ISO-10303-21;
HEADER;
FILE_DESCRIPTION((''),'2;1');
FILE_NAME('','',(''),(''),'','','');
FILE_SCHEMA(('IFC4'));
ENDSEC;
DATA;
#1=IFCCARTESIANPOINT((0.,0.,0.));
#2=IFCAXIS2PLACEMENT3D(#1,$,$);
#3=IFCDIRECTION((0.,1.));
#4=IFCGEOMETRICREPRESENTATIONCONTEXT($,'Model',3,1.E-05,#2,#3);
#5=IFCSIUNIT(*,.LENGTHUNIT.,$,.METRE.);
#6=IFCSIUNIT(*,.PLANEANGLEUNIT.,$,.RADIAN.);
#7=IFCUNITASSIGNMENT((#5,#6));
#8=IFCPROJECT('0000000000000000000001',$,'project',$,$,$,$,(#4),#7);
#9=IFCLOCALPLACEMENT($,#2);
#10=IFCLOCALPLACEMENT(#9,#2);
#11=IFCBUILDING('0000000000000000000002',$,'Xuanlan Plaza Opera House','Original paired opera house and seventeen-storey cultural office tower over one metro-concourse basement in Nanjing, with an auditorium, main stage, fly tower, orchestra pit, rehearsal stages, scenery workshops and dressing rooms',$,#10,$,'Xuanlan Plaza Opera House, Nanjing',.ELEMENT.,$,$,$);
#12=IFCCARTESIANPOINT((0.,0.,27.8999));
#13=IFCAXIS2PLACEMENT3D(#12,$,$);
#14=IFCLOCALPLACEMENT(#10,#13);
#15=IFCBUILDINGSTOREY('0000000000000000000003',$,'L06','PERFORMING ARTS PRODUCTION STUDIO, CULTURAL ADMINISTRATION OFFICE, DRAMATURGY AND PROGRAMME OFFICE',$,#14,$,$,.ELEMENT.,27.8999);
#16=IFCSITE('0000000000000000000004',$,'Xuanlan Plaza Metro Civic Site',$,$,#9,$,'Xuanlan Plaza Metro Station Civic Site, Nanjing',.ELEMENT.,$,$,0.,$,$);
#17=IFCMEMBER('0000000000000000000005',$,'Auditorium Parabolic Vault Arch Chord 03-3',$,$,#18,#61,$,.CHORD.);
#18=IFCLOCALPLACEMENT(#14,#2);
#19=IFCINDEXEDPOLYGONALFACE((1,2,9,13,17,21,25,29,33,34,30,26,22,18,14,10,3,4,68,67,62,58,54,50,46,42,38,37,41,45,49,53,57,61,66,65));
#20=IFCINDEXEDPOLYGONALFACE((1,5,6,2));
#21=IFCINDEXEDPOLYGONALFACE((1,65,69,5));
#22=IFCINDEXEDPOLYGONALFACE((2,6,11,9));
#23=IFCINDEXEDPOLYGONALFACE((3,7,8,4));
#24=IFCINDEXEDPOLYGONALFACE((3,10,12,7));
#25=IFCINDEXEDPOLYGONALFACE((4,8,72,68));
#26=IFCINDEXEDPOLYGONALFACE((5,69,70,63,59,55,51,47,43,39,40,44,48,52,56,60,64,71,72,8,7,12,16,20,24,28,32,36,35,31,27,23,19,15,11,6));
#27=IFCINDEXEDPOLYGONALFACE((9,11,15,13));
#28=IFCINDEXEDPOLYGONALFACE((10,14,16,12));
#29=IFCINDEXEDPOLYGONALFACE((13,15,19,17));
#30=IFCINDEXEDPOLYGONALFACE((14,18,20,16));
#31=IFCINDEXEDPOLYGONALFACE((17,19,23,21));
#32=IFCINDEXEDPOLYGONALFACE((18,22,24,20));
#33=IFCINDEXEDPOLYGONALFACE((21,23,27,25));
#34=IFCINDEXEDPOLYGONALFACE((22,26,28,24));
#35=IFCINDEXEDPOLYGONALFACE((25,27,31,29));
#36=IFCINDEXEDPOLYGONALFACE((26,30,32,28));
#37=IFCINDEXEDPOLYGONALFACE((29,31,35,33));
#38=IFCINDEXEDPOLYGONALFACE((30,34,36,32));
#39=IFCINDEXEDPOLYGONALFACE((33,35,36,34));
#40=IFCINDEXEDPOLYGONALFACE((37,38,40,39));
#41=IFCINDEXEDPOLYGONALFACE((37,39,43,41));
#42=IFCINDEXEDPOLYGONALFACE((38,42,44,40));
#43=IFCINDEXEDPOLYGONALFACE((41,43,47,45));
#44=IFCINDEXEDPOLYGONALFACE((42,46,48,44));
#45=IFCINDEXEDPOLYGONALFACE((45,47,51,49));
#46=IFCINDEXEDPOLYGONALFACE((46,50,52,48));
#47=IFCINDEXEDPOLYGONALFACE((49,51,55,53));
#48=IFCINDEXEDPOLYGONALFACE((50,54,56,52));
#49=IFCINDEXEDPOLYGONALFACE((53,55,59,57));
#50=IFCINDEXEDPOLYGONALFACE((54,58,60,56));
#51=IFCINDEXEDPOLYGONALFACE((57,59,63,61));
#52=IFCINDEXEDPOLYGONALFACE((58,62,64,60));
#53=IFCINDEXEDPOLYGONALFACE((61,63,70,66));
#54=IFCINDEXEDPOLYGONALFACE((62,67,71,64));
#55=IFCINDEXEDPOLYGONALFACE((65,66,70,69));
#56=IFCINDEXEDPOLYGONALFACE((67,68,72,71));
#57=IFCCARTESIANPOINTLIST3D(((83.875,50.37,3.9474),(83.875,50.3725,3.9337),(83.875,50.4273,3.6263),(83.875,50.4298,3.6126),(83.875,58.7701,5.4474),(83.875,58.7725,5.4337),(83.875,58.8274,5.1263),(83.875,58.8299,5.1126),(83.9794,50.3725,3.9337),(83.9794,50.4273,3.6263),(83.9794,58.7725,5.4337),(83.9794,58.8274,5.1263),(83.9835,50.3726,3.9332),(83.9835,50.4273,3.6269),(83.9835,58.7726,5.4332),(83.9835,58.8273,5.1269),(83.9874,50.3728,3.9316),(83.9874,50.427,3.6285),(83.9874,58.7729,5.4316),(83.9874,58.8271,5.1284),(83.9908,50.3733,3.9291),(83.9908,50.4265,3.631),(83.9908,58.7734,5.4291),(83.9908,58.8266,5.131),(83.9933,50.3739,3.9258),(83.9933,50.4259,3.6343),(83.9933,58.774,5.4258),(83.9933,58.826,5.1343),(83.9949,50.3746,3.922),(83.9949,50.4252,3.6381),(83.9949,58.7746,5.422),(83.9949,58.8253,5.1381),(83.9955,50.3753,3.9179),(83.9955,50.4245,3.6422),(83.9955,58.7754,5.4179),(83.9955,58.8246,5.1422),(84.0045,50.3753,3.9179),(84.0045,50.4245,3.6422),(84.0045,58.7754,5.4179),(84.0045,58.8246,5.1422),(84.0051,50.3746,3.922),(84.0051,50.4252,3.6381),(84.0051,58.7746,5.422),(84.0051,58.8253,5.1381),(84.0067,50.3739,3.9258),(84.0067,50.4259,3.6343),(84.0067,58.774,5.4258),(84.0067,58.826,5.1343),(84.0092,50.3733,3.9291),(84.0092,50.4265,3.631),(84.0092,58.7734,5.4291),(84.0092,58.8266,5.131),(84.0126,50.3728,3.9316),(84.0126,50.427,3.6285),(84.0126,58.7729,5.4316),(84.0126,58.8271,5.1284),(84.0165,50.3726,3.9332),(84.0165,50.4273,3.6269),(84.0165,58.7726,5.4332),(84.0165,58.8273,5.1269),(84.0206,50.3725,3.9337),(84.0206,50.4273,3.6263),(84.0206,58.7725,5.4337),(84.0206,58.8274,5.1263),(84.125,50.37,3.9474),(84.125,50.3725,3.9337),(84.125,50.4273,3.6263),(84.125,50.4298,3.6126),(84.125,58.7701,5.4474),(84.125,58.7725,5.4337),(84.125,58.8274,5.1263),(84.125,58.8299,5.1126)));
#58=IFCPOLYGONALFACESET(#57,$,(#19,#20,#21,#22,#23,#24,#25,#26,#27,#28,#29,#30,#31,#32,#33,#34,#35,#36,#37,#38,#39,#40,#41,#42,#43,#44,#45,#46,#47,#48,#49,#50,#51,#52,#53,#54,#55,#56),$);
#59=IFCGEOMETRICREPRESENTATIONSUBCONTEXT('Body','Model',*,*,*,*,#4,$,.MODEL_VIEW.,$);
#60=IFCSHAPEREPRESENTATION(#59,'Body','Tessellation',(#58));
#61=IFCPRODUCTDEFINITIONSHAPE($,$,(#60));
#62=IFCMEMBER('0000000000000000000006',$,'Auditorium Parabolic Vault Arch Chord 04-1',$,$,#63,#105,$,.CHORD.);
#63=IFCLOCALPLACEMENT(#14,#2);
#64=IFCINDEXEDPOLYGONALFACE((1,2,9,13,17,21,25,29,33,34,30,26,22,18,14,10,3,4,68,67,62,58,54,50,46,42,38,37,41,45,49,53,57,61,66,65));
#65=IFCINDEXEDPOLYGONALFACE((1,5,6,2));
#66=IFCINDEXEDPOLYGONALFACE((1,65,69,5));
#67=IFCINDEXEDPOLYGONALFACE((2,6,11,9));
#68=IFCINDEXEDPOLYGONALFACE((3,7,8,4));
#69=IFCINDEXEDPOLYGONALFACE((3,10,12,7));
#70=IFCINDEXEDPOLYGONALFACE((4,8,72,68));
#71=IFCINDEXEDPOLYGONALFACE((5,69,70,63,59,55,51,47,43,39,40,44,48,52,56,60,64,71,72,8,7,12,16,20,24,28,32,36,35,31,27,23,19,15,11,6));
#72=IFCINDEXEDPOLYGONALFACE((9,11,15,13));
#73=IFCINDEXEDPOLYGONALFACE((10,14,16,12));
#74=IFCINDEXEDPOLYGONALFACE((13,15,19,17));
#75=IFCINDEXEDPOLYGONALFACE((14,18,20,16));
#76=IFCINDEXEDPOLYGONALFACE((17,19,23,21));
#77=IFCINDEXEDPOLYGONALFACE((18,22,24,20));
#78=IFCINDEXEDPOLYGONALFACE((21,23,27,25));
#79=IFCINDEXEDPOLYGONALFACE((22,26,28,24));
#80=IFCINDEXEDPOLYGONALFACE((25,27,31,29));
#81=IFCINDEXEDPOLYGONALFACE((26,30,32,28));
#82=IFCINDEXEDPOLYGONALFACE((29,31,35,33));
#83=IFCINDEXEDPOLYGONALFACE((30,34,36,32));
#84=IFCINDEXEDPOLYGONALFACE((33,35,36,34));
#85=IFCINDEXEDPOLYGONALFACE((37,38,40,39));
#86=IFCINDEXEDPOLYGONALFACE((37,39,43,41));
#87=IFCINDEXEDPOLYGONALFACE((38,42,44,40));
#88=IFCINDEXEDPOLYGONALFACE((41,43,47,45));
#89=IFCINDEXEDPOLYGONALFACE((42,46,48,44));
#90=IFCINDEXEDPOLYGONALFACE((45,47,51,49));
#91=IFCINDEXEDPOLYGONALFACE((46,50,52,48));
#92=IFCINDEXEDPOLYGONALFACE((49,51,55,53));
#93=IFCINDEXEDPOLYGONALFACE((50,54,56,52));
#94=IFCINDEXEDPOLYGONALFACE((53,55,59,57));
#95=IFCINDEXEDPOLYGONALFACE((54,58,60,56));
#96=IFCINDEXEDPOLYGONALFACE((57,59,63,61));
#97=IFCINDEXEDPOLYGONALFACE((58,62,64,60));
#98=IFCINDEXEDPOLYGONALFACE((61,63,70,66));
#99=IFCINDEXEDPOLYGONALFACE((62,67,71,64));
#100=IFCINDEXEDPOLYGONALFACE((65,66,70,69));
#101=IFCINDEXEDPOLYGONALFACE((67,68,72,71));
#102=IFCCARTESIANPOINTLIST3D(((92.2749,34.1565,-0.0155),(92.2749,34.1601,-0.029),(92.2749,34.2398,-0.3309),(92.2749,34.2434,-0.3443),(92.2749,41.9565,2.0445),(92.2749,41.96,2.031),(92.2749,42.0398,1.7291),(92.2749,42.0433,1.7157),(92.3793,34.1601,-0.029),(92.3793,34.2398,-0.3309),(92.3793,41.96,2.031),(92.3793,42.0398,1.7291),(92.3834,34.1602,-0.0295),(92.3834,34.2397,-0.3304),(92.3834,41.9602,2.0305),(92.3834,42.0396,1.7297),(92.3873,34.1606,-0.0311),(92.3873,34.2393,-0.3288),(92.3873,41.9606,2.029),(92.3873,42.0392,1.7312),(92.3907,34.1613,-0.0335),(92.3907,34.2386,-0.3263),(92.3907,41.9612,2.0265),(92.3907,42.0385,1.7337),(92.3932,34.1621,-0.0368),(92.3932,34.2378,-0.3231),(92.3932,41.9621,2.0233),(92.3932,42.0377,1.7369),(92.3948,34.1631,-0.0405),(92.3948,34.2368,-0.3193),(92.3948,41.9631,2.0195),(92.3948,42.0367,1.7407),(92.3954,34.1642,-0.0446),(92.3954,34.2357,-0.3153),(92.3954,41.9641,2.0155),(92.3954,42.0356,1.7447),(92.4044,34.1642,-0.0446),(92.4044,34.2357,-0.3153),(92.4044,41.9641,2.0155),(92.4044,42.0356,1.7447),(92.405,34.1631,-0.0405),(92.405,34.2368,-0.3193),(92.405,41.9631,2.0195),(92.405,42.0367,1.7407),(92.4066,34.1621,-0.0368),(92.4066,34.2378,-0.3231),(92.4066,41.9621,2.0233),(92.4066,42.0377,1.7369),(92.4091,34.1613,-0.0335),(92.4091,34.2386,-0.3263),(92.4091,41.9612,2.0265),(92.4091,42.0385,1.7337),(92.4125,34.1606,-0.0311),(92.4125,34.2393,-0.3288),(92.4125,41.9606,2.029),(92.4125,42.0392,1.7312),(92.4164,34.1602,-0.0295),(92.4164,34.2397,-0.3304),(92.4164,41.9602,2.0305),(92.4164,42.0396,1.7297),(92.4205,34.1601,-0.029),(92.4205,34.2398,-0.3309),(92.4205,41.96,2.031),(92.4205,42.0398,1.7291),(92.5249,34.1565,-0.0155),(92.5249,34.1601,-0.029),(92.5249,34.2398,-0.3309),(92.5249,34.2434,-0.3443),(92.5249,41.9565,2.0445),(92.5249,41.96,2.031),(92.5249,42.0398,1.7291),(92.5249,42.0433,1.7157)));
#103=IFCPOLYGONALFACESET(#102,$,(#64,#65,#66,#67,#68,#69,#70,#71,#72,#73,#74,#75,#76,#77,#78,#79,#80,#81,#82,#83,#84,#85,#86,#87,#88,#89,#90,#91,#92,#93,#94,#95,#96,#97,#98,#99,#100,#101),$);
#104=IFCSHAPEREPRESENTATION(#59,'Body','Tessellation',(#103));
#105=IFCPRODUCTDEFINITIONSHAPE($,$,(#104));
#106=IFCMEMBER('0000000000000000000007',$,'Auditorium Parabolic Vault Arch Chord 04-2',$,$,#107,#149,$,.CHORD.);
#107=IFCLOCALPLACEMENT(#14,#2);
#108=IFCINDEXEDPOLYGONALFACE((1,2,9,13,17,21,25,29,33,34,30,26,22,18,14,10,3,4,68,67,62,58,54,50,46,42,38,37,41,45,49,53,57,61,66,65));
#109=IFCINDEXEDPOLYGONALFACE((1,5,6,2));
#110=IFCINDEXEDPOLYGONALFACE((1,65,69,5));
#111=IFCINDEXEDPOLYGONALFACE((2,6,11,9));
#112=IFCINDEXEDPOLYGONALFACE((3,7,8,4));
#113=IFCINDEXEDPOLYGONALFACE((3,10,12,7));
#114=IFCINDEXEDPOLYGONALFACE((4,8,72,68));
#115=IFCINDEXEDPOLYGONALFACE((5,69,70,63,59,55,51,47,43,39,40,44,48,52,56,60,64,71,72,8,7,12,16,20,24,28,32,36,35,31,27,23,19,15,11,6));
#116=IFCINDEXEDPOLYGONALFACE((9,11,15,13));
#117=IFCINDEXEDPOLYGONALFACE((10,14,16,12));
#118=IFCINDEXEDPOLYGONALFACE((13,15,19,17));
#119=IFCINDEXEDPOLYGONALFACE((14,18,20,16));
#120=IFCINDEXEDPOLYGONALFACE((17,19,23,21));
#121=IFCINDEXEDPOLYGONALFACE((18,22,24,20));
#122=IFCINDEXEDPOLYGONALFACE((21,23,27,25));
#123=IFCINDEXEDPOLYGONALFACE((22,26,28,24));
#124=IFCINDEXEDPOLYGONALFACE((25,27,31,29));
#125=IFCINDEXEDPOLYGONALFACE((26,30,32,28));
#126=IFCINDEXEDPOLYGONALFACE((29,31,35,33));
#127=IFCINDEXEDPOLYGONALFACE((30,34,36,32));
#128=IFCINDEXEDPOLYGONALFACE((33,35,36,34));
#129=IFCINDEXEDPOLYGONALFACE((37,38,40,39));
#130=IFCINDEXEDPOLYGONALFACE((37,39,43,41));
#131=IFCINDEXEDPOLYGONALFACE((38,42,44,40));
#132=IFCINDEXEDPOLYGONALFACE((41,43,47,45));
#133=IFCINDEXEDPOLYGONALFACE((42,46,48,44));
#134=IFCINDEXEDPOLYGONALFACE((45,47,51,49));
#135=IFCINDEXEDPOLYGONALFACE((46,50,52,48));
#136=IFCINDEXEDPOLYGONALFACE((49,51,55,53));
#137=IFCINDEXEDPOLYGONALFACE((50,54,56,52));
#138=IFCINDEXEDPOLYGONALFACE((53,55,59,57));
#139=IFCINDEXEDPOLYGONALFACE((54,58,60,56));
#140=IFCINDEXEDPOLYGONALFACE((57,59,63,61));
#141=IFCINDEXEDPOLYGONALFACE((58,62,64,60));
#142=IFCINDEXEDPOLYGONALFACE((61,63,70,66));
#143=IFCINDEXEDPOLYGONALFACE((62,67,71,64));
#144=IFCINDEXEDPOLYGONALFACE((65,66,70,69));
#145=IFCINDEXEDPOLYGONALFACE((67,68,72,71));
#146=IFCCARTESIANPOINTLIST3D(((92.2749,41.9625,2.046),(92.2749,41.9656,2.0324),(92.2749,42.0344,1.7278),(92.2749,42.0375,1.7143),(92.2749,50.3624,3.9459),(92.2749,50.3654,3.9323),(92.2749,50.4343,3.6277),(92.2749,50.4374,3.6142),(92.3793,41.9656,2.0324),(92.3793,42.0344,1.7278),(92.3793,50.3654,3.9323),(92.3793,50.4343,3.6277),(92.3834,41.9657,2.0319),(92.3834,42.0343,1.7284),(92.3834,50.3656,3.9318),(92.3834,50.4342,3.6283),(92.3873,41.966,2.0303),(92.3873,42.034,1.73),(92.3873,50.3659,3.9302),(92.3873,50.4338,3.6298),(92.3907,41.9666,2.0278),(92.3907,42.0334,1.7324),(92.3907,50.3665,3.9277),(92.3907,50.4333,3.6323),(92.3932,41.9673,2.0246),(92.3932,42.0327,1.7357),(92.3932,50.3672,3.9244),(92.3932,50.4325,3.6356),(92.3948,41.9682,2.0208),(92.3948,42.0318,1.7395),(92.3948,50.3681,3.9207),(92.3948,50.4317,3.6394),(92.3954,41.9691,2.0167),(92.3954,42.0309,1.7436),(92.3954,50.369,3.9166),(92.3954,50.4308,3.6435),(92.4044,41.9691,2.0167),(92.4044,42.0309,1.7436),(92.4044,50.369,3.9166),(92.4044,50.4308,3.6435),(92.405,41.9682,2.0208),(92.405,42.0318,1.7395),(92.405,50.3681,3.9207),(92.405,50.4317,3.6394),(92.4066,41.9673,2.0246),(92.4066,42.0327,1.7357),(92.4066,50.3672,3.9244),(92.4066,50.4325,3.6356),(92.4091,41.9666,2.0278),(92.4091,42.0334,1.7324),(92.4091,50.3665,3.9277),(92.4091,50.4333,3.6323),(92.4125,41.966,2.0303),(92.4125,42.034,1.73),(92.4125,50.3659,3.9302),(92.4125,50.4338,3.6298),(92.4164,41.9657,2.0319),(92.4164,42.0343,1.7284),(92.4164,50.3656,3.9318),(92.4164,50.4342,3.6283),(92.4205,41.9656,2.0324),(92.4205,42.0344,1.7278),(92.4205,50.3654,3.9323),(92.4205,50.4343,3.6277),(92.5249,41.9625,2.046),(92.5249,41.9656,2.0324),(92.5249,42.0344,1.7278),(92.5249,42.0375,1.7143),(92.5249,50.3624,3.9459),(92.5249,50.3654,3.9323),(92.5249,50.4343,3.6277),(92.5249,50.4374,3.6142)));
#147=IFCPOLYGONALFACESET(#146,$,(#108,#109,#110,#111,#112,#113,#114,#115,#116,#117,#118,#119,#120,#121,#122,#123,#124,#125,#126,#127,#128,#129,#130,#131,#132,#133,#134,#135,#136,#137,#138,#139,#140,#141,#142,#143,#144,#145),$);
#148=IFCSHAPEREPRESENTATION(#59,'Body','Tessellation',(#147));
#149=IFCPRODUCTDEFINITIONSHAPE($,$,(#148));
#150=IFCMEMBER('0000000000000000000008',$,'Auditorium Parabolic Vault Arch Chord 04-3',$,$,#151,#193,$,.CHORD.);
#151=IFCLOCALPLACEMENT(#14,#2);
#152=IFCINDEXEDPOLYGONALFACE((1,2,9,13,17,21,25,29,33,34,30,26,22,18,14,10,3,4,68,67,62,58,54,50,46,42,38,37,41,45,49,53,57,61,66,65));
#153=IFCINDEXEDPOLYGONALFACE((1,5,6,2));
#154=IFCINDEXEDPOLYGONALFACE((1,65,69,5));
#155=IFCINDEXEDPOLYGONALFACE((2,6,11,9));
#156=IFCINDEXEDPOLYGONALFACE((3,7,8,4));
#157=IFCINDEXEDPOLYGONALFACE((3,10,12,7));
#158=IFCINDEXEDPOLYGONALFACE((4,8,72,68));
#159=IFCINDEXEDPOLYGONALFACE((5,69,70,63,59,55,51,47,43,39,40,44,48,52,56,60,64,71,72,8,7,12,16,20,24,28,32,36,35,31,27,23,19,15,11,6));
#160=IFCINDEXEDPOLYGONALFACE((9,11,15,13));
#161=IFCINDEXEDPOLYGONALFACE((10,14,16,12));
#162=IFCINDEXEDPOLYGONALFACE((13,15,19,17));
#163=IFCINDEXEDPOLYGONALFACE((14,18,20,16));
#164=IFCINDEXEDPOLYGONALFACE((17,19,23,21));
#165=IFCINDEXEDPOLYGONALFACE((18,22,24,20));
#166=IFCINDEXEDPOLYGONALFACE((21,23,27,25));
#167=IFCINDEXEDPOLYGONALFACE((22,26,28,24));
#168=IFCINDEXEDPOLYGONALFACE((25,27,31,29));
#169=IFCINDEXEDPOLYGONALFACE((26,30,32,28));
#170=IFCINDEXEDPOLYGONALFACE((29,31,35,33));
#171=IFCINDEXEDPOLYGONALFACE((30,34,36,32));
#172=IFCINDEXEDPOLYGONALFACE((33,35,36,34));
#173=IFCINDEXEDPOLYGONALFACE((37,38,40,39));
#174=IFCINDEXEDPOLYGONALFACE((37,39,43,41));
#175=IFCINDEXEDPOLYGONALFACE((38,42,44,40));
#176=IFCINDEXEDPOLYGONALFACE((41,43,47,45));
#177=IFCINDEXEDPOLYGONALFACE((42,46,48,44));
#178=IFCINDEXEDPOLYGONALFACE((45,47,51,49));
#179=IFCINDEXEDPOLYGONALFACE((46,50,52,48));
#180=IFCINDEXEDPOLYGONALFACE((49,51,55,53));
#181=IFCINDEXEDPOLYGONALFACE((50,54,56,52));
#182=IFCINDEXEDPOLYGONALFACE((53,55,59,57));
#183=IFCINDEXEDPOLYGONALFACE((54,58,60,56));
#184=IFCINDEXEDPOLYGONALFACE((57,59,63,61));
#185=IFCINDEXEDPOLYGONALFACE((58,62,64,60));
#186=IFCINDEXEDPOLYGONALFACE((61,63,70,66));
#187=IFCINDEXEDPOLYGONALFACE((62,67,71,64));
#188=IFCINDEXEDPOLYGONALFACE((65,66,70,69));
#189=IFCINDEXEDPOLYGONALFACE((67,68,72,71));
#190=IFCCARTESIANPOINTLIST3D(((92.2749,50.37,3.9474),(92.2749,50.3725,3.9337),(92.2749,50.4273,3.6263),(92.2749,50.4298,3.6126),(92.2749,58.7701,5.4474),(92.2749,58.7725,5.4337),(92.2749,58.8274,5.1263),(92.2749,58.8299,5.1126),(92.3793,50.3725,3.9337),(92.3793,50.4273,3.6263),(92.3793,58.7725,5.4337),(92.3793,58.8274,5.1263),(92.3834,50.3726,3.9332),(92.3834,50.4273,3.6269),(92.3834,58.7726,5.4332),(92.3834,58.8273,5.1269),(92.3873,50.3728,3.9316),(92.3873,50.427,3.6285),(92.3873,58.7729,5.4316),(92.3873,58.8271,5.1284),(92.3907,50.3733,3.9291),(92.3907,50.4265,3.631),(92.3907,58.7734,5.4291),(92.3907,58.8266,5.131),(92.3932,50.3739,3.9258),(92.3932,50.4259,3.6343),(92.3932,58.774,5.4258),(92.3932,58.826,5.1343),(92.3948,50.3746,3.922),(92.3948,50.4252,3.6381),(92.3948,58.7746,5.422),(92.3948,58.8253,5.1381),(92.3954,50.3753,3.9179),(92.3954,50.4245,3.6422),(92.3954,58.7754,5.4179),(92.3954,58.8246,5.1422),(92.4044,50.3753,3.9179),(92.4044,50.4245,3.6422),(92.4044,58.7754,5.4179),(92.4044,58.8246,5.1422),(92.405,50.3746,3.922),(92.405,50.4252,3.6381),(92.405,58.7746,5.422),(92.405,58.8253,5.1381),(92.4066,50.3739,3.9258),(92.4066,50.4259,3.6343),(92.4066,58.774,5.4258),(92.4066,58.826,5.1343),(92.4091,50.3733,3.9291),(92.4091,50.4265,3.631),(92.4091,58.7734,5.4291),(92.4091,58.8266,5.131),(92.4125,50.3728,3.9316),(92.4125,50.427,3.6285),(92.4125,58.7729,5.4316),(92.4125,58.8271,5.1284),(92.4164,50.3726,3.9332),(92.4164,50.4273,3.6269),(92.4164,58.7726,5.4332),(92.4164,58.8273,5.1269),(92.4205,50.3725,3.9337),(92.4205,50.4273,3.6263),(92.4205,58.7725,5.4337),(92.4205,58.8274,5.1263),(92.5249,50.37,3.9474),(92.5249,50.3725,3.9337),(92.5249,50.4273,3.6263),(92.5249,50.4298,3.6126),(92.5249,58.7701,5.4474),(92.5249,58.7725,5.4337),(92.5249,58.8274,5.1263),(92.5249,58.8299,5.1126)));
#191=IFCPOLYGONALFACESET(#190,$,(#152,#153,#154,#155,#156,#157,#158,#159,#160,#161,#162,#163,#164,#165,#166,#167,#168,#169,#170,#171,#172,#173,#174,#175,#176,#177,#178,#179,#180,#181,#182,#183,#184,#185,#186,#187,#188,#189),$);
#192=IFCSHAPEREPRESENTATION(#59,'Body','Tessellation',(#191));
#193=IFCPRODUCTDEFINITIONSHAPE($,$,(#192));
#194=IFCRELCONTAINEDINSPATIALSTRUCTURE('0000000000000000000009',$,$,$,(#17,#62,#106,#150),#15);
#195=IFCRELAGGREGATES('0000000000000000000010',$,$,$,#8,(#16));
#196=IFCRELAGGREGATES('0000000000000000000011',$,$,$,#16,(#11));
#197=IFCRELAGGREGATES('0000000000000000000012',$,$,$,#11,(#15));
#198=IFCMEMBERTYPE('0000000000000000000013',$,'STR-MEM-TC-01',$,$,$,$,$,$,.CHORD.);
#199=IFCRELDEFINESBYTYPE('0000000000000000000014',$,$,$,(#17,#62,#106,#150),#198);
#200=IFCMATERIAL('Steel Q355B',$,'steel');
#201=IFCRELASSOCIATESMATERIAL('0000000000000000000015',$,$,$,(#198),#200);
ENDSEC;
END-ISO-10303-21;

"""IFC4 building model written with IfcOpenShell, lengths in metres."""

from ifc_helpers import new_model, si_unit, direction, frame, origin, origin_2d, place, context, subcontext, project, spatial, i_section, extrude, material, material_profile, profile_set, type_object, element, save


model = new_model("IFC4")

# Units and contexts
model_context = context("Model", 3, precision=1e-05, world=origin(), true_north=direction((0.0, 1.0)))
body_context = subcontext(model_context, "Body", "Model", "MODEL_VIEW")
ifc_project = project(units=[si_unit("LENGTHUNIT", "METRE"), si_unit("PLANEANGLEUNIT", "RADIAN")], contexts=[model_context])

# Site, building, storey
site_placement = place(None, origin())
site = spatial("IfcSite", under=ifc_project, at=site_placement, Name="Xuanlan Plaza Metro Civic Site", LongName="Xuanlan Plaza Metro Station Civic Site, Nanjing", CompositionType="ELEMENT", RefElevation=0.0)
building_placement = place(site_placement, origin())
building = spatial("IfcBuilding", under=site, at=building_placement, Name="Xuanlan Plaza Opera House", Description="Original paired opera house and seventeen-storey cultural office tower over one metro-concourse basement in Nanjing, with an auditorium, main stage, fly tower, orchestra pit, rehearsal stages, scenery workshops and dressing rooms", LongName="Xuanlan Plaza Opera House, Nanjing", CompositionType="ELEMENT")
storey_placement = place(building_placement, frame((0.0, 0.0, 27.8999)))
storey = spatial("IfcBuildingStorey", under=building, at=storey_placement, Name="L06", Description="PERFORMING ARTS PRODUCTION STUDIO, CULTURAL ADMINISTRATION OFFICE, DRAMATURGY AND PROGRAMME OFFICE", CompositionType="ELEMENT", Elevation=27.8999)

# Members
ifc_material_1 = material(Name="Steel Q355B", Category="steel")
ifc_material_profile_1 = material_profile(ifc_material_1, i_section(OverallWidth=0.25, OverallDepth=0.3401, WebThickness=0.009, FlangeThickness=0.0139, FilletRadius=0.0161, at=origin_2d()), Name="HM 340x250x9x14")
ifc_profile_set_1 = profile_set([ifc_material_profile_1], Name="Steel Q355B")
member_type_1 = type_object("IfcMemberType", Name="STR-MEM-TC-01", PredefinedType="CHORD", material=ifc_profile_set_1)
member_1_placement = place(storey_placement, frame((84.0, 50.3999, 3.78), z_axis=(0.0, 0.984428, 0.175788), x_axis=(-1.0, 0.0, 0.0)))
element("IfcMember", 1, at=member_1_placement, inside=storey, type_object=member_type_1, Name="Auditorium Parabolic Vault Arch Chord 03-3", PredefinedType="CHORD", context=body_context, shape_type="SweptSolid", body=[
    extrude(i_section(OverallWidth=0.25, OverallDepth=0.3401, WebThickness=0.009, FlangeThickness=0.0139, FilletRadius=0.0161, at=origin_2d()), origin(), (0.0, 0.0, 1.0), 8.533),
])
member_2_placement = place(storey_placement, frame((92.3999, 34.2, -0.1799), z_axis=(0.0, 0.966848, 0.255353), x_axis=(-1.0, 0.0, 0.0)))
element("IfcMember", 2, at=member_2_placement, inside=storey, type_object=member_type_1, Name="Auditorium Parabolic Vault Arch Chord 04-1", PredefinedType="CHORD", context=body_context, shape_type="SweptSolid", body=[
    extrude(i_section(OverallWidth=0.25, OverallDepth=0.3401, WebThickness=0.009, FlangeThickness=0.0139, FilletRadius=0.0161, at=origin_2d()), origin(), (0.0, 0.0, 1.0), 8.0674),
])
member_3_placement = place(storey_placement, frame((92.3999, 42.0, 1.8801), z_axis=(0.0, 0.975362, 0.220609), x_axis=(-1.0, 0.0, 0.0)))
element("IfcMember", 3, at=member_3_placement, inside=storey, type_object=member_type_1, Name="Auditorium Parabolic Vault Arch Chord 04-2", PredefinedType="CHORD", context=body_context, shape_type="SweptSolid", body=[
    extrude(i_section(OverallWidth=0.25, OverallDepth=0.3401, WebThickness=0.009, FlangeThickness=0.0139, FilletRadius=0.0161, at=origin_2d()), origin(), (0.0, 0.0, 1.0), 8.6121),
])
member_4_placement = place(storey_placement, frame((92.3999, 50.3999, 3.78), z_axis=(0.0, 0.984428, 0.175788), x_axis=(-1.0, 0.0, 0.0)))
element("IfcMember", 4, at=member_4_placement, inside=storey, type_object=member_type_1, Name="Auditorium Parabolic Vault Arch Chord 04-3", PredefinedType="CHORD", context=body_context, shape_type="SweptSolid", body=[
    extrude(i_section(OverallWidth=0.25, OverallDepth=0.3401, WebThickness=0.009, FlangeThickness=0.0139, FilletRadius=0.0161, at=origin_2d()), origin(), (0.0, 0.0, 1.0), 8.533),
])

save(model, "model.ifc")
